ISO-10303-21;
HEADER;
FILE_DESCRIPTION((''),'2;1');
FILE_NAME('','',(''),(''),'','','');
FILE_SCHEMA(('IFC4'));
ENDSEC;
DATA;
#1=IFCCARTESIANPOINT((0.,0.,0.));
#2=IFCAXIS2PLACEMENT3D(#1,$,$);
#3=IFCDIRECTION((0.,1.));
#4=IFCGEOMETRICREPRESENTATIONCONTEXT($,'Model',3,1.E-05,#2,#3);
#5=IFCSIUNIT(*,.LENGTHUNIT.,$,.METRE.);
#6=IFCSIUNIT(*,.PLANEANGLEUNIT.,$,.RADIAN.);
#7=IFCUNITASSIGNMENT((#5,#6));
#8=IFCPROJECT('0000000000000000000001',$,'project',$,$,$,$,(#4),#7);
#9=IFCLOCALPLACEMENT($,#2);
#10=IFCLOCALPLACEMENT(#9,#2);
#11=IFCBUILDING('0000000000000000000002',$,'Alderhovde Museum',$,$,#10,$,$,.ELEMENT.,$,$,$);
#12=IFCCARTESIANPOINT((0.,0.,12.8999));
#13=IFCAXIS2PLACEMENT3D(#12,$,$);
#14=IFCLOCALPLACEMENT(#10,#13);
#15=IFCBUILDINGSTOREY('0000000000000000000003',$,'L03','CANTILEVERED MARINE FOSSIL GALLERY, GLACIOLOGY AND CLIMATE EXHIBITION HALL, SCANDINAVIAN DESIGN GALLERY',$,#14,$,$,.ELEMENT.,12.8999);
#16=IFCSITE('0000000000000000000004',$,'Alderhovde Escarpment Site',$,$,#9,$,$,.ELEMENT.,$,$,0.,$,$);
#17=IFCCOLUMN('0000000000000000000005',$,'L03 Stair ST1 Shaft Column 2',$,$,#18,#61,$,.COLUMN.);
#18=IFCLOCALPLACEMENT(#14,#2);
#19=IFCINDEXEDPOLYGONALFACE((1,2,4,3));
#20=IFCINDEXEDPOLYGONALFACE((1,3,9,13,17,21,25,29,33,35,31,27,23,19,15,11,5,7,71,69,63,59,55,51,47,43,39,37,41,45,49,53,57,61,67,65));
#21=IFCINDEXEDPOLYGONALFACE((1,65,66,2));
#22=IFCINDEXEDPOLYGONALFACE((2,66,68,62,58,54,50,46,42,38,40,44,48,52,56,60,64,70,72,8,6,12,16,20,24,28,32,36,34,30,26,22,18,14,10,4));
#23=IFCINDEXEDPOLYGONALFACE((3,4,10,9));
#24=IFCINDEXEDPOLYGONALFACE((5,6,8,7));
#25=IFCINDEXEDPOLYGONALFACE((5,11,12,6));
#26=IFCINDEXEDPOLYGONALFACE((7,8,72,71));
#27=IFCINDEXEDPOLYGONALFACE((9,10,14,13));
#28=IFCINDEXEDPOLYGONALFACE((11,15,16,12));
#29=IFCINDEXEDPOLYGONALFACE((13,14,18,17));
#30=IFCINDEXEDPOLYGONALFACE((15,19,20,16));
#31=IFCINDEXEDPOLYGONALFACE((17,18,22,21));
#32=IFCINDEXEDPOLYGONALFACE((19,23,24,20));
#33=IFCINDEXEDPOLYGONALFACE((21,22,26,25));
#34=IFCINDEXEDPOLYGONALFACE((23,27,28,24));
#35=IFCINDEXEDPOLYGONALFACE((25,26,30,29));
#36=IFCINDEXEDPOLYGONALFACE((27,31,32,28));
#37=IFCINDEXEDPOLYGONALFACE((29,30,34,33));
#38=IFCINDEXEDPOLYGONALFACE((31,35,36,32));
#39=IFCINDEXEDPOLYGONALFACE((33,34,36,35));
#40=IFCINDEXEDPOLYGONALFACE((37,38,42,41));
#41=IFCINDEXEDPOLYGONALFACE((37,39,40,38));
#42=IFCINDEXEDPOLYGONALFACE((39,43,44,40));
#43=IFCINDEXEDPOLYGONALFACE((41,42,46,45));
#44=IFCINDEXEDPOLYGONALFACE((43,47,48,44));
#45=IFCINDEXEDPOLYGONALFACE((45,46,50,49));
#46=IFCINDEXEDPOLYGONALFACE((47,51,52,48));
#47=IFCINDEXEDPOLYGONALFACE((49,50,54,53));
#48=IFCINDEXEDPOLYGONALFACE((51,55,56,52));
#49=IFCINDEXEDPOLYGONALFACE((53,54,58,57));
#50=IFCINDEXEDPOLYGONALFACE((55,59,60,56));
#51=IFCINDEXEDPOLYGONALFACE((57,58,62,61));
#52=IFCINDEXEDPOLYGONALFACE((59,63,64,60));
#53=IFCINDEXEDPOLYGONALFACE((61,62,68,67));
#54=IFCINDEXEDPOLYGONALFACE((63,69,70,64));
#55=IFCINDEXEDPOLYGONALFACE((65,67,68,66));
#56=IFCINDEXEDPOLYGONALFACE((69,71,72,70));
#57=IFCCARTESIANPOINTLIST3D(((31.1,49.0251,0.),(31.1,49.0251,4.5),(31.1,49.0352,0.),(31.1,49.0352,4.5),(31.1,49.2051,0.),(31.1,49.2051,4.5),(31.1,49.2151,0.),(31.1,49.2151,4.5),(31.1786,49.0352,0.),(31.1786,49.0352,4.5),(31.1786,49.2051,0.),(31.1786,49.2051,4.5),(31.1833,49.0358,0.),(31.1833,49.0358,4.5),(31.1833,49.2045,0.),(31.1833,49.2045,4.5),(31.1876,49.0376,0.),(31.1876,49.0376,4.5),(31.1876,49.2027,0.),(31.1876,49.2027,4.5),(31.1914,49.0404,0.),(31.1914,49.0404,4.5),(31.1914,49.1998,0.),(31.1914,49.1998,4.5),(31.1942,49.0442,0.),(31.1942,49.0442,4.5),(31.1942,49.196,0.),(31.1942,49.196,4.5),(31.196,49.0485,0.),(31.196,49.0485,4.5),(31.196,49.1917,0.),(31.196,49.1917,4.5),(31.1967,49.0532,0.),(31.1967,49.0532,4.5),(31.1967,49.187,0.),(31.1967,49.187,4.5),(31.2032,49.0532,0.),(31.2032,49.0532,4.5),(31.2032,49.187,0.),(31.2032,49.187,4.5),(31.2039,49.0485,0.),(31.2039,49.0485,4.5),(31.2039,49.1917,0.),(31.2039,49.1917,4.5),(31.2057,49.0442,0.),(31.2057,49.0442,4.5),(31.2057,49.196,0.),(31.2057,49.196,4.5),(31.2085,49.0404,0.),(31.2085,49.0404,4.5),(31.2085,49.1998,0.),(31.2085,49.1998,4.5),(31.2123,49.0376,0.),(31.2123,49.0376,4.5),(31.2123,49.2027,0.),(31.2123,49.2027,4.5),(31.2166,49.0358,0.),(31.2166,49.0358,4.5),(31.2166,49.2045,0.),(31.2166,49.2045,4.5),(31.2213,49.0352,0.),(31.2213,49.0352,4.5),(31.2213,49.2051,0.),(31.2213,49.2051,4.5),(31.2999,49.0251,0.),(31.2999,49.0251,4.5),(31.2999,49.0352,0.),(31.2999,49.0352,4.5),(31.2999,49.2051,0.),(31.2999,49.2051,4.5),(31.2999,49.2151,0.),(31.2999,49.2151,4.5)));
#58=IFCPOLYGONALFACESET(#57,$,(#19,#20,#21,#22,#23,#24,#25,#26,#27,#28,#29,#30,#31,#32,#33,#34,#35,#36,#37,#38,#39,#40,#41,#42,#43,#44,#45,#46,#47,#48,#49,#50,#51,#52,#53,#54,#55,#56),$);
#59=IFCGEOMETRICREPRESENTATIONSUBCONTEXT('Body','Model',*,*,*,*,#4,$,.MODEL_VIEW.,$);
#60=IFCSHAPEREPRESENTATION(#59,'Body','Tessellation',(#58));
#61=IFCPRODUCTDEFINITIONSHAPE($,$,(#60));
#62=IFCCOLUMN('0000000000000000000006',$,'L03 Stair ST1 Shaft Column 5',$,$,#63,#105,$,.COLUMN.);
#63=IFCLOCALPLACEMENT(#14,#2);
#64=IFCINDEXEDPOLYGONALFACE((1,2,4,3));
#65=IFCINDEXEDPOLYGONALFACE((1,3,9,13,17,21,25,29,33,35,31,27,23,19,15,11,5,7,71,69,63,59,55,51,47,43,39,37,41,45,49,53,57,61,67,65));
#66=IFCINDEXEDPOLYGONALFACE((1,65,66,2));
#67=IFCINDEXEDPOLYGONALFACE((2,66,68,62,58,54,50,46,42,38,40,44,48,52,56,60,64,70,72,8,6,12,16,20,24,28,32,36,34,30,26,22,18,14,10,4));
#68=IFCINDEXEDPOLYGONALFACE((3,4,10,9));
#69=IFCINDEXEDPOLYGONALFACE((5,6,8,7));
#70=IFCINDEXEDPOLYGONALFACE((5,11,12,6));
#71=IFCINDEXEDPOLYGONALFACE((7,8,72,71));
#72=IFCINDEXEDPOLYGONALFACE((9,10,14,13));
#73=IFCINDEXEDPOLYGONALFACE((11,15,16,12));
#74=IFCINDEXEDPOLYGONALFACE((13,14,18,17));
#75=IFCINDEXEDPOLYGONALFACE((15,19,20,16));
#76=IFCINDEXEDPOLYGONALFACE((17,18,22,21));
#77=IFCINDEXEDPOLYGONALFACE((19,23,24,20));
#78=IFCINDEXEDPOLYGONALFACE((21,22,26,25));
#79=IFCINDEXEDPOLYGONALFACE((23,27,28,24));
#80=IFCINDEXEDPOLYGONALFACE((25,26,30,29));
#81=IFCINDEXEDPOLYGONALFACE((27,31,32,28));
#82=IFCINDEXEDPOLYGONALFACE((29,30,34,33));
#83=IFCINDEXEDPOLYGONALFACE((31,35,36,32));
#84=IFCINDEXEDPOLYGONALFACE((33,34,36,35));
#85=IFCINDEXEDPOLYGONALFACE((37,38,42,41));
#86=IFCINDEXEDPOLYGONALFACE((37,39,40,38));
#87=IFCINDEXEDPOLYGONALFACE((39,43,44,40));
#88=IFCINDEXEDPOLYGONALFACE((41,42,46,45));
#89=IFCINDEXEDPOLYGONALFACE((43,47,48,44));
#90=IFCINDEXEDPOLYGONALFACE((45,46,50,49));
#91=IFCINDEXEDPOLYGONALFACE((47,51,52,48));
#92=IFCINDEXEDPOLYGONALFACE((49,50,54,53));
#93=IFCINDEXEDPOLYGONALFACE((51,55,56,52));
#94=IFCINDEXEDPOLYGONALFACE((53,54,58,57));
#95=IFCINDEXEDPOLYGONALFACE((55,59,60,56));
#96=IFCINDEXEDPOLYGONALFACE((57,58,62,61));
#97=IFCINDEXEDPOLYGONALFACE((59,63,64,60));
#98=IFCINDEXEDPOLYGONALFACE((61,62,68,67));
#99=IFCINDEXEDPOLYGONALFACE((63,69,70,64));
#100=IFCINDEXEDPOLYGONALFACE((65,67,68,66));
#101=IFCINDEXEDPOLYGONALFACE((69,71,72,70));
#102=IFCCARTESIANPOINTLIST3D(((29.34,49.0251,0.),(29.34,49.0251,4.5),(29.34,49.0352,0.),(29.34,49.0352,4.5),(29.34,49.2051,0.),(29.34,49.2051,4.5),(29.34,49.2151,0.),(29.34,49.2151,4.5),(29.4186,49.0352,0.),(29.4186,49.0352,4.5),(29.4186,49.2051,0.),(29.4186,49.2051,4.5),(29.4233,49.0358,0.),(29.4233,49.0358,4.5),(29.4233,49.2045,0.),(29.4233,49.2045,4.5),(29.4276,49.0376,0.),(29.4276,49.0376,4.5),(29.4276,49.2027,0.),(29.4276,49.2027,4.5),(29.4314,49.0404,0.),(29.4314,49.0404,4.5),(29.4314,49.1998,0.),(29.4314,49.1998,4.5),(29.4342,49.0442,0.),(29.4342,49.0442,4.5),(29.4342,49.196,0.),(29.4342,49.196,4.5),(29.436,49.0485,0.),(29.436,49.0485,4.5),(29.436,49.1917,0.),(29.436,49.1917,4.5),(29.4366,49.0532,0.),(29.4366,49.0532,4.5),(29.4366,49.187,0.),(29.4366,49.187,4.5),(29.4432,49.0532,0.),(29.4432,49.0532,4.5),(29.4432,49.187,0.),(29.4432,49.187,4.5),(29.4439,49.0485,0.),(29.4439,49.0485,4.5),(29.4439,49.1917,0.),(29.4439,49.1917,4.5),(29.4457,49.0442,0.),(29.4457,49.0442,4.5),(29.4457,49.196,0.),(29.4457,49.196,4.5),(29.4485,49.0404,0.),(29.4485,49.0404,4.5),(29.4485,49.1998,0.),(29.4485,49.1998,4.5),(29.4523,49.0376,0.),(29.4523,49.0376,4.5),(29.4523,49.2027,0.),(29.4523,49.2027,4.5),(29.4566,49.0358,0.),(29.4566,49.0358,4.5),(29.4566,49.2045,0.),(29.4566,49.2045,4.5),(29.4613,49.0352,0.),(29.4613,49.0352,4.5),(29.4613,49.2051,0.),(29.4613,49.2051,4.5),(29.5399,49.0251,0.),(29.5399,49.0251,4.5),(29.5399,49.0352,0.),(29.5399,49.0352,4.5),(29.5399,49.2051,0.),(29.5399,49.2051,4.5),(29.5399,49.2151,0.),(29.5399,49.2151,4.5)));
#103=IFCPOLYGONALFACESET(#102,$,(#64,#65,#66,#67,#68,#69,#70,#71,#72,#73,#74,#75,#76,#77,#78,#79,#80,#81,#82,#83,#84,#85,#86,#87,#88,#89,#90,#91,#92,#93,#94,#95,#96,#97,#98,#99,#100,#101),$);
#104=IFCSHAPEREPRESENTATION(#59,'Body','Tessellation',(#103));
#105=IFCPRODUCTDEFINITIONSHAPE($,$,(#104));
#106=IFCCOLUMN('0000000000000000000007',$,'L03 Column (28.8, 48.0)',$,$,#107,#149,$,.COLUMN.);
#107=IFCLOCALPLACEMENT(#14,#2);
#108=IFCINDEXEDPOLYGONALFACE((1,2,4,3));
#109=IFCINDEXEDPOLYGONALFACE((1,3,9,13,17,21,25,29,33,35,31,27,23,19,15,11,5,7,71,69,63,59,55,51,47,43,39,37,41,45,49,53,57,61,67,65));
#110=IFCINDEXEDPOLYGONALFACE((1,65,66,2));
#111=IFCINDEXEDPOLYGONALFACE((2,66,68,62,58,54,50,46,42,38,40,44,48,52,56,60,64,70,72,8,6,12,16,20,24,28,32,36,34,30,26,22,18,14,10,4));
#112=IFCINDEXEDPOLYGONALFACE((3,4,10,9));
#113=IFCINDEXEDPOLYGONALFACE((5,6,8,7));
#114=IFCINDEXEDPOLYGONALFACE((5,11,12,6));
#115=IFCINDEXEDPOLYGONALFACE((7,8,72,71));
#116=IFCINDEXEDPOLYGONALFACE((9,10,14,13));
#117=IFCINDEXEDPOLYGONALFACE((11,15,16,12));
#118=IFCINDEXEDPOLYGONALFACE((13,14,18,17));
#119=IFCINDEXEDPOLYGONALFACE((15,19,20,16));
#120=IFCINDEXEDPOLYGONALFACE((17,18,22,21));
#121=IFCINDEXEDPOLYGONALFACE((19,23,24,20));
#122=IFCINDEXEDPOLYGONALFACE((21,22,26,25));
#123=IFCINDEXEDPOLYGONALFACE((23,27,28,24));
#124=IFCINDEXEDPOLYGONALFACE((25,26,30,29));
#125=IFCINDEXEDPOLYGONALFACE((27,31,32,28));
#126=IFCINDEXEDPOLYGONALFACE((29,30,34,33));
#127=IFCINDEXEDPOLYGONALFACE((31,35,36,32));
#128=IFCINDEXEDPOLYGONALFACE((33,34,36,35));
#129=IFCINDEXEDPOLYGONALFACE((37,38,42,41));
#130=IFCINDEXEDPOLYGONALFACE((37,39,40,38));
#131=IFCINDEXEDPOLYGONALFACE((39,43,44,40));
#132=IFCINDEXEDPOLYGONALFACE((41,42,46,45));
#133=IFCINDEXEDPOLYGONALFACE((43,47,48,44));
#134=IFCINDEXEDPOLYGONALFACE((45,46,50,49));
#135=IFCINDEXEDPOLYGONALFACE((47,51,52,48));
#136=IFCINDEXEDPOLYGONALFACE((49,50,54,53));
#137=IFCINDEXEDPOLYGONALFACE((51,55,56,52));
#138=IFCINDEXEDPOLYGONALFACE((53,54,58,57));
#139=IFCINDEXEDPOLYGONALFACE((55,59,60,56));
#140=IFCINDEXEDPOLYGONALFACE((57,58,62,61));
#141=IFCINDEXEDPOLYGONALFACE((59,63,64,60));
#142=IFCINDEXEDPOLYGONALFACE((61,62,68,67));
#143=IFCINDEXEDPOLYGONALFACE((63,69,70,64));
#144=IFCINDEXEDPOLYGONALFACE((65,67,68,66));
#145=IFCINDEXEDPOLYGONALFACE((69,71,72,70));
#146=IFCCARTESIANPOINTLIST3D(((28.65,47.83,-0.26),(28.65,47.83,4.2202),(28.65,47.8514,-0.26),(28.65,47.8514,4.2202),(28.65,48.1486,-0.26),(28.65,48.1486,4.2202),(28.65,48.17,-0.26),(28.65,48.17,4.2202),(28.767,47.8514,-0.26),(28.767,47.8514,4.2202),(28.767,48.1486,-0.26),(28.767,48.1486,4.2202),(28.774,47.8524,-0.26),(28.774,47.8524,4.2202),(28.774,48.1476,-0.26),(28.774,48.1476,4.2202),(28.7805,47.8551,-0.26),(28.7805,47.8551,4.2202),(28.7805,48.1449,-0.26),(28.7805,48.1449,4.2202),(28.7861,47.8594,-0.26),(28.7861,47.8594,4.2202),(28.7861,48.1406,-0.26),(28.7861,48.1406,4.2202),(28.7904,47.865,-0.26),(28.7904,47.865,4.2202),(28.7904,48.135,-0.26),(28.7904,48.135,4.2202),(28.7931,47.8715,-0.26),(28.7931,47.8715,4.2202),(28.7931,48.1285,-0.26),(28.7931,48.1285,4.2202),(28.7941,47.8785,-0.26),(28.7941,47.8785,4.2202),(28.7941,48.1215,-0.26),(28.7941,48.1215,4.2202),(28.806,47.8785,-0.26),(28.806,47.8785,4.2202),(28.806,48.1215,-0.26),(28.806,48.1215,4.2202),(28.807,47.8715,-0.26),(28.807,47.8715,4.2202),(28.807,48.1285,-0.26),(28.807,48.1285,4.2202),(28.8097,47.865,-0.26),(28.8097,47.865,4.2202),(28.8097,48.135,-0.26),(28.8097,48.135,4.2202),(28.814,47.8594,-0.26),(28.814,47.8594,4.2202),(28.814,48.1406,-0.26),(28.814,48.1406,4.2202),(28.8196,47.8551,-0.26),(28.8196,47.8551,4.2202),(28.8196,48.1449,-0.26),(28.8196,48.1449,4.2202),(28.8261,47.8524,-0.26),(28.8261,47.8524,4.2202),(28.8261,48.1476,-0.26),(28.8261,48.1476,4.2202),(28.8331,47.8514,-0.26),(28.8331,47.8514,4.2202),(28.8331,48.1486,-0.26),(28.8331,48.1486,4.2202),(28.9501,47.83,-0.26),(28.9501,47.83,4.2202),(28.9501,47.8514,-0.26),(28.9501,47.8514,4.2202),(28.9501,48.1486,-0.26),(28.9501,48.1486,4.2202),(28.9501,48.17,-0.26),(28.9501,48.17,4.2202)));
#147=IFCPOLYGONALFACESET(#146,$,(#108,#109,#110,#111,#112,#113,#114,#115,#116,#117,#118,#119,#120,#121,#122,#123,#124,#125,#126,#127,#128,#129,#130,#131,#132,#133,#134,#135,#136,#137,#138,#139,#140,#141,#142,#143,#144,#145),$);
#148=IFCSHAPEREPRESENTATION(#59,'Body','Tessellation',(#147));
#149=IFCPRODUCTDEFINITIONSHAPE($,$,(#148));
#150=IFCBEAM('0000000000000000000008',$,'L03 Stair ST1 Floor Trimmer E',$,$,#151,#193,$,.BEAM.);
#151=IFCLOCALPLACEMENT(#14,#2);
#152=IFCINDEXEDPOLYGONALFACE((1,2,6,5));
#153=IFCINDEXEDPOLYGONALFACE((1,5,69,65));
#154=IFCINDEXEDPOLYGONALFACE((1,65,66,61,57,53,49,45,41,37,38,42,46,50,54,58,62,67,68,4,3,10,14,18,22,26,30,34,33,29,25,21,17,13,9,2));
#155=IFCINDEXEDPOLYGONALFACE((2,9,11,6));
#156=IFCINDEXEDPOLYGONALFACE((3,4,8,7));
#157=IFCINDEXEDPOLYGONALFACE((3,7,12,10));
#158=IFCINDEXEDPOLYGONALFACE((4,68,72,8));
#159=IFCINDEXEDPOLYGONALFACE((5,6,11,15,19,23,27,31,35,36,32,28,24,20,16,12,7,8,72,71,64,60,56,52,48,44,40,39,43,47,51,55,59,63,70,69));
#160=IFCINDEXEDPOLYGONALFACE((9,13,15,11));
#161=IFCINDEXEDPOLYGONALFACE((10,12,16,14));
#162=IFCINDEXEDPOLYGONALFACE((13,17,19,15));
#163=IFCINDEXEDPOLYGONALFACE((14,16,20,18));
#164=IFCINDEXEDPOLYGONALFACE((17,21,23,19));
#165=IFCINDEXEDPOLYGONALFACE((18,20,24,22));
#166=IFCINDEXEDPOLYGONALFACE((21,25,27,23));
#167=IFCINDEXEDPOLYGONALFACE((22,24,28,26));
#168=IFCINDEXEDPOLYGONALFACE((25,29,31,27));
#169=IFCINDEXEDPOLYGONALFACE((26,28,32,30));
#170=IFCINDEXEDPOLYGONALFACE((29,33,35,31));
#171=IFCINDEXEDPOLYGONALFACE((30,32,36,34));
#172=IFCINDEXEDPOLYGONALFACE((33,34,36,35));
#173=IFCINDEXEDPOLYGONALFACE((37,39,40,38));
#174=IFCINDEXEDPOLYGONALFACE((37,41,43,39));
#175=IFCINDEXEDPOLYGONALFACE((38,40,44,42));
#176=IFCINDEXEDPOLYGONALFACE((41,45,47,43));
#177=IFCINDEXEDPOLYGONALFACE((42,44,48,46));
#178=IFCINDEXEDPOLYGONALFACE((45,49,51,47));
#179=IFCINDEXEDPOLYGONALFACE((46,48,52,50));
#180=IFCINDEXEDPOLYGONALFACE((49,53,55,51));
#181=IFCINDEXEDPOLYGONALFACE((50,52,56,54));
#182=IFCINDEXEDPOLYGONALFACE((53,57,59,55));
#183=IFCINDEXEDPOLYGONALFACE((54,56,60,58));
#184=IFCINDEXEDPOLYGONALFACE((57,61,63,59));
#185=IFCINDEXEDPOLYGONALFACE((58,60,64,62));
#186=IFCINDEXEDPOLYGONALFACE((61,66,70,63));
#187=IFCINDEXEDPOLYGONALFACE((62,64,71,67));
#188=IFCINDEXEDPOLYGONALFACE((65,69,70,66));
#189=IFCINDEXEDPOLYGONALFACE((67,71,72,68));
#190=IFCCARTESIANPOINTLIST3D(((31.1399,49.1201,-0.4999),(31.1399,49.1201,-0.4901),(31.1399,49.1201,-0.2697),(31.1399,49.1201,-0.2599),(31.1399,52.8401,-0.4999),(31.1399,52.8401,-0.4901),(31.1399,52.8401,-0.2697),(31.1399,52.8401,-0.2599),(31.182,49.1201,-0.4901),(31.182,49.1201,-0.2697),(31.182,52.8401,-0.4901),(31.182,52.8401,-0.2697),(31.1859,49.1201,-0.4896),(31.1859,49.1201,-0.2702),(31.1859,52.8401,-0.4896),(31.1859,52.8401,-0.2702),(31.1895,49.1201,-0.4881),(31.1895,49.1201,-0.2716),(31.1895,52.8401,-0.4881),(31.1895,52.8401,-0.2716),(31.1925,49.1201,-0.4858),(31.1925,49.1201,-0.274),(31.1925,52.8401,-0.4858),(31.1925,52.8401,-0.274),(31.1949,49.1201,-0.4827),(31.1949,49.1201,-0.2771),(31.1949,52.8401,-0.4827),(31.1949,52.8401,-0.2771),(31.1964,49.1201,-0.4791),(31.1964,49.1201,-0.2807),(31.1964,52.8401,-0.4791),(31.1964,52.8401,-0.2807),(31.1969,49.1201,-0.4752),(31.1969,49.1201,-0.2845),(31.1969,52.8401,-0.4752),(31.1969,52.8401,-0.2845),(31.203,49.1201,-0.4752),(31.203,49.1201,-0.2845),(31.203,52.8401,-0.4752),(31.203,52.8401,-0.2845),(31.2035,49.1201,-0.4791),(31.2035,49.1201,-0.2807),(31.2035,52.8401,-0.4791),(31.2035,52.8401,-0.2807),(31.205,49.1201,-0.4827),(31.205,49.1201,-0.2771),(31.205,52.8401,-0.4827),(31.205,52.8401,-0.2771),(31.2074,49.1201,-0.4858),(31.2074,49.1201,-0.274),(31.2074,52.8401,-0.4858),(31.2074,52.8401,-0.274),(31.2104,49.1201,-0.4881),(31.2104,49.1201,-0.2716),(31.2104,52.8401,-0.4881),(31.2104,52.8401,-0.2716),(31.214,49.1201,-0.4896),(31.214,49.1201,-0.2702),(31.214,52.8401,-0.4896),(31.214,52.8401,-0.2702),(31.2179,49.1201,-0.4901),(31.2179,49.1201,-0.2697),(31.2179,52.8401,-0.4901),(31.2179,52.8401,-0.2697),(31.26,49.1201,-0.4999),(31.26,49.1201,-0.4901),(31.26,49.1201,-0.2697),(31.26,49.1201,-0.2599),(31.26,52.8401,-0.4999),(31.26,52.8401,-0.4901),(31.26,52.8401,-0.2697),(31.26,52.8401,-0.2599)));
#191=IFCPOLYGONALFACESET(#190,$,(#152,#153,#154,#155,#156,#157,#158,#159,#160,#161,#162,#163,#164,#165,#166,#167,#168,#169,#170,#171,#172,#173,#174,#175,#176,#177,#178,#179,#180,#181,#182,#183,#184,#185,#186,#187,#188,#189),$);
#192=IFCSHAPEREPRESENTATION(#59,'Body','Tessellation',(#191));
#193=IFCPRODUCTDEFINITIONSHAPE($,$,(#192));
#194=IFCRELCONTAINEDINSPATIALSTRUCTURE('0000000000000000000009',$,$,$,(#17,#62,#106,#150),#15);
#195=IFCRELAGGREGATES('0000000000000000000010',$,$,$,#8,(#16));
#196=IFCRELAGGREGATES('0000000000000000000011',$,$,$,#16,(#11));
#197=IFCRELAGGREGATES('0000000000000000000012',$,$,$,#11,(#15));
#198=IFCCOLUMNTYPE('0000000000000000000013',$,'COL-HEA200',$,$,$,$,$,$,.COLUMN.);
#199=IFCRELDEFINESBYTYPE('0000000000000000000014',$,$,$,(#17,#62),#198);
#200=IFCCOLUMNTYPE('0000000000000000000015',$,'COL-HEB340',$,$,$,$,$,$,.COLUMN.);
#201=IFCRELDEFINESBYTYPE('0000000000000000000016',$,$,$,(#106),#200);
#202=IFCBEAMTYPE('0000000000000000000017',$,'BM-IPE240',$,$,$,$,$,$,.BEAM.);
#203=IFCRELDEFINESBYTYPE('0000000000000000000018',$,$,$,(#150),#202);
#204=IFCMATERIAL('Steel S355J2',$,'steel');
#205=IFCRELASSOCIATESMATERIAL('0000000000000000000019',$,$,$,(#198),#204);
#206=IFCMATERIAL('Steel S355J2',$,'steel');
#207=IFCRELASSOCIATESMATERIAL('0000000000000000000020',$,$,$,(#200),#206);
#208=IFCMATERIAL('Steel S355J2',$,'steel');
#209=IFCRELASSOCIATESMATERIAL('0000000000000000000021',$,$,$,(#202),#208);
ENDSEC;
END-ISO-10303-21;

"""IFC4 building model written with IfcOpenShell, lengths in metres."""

from ifc_helpers import new_model, si_unit, direction, frame, origin, origin_2d, place, context, subcontext, project, spatial, i_section, extrude, material, material_profile, profile_set, type_object, element, save


model = new_model("IFC4")

# Units and contexts
model_context = context("Model", 3, precision=1e-05, world=origin(), true_north=direction((0.0, 1.0)))
body_context = subcontext(model_context, "Body", "Model", "MODEL_VIEW")
ifc_project = project(units=[si_unit("LENGTHUNIT", "METRE"), si_unit("PLANEANGLEUNIT", "RADIAN")], contexts=[model_context])

# Site, building, storey
site_placement = place(None, origin())
site = spatial("IfcSite", under=ifc_project, at=site_placement, Name="Alderhovde Escarpment Site", CompositionType="ELEMENT", RefElevation=0.0)
building_placement = place(site_placement, origin())
building = spatial("IfcBuilding", under=site, at=building_placement, Name="Alderhovde Museum", CompositionType="ELEMENT")
storey_placement = place(building_placement, frame((0.0, 0.0, 12.8999)))
storey = spatial("IfcBuildingStorey", under=building, at=storey_placement, Name="L03", Description="CANTILEVERED MARINE FOSSIL GALLERY, GLACIOLOGY AND CLIMATE EXHIBITION HALL, SCANDINAVIAN DESIGN GALLERY", CompositionType="ELEMENT", Elevation=12.8999)

# Columns
ifc_material_1 = material(Name="Steel S355J2", Category="steel")
ifc_material_profile_1 = material_profile(ifc_material_1, i_section(OverallWidth=0.2, OverallDepth=0.1899, WebThickness=0.0066, FlangeThickness=0.01, FilletRadius=0.0181, at=origin_2d()), Name="HEA 200")
ifc_profile_set_1 = profile_set([ifc_material_profile_1], Name="Steel S355J2")
column_type_1 = type_object("IfcColumnType", Name="COL-HEA200", PredefinedType="COLUMN", material=ifc_profile_set_1)
for number, where, z_axis, x_axis, name in (
    (1, (31.2, 49.1201, 0.0), (0.0, 0.0, 1.0), (1.0, 0.0, 0.0), "L03 Stair ST1 Shaft Column 2"),
    (2, (29.4399, 49.1201, 0.0), (0.0, 0.0, 1.0), (1.0, 0.0, 0.0), "L03 Stair ST1 Shaft Column 5"),
):
    element("IfcColumn", number, at=place(storey_placement, frame(where, z_axis=z_axis, x_axis=x_axis)), inside=storey, type_object=column_type_1, Name=name, PredefinedType="COLUMN", context=body_context, shape_type="SweptSolid", body=[
        extrude(i_section(OverallWidth=0.2, OverallDepth=0.1899, WebThickness=0.0066, FlangeThickness=0.01, FilletRadius=0.0181, at=origin_2d()), origin(), (0.0, 0.0, 1.0), 4.5),
    ])
ifc_material_2 = material(Name="Steel S355J2", Category="steel")
ifc_material_profile_2 = material_profile(ifc_material_2, i_section(OverallWidth=0.3, OverallDepth=0.3401, WebThickness=0.012, FlangeThickness=0.0215, FilletRadius=0.0271, at=origin_2d()), Name="HEB 340")
ifc_profile_set_2 = profile_set([ifc_material_profile_2], Name="Steel S355J2")
column_type_2 = type_object("IfcColumnType", Name="COL-HEB340", PredefinedType="COLUMN", material=ifc_profile_set_2)
column_placement = place(storey_placement, frame((28.8, 48.0, -0.26), z_axis=(0.0, 0.0, 1.0), x_axis=(1.0, 0.0, 0.0)))
element("IfcColumn", 3, at=column_placement, inside=storey, type_object=column_type_2, Name="L03 Column (28.8, 48.0)", PredefinedType="COLUMN", context=body_context, shape_type="SweptSolid", body=[
    extrude(i_section(OverallWidth=0.3, OverallDepth=0.3401, WebThickness=0.012, FlangeThickness=0.0215, FilletRadius=0.0271, at=origin_2d()), origin(), (0.0, 0.0, 1.0), 4.4802),
])

# Beam
ifc_material_3 = material(Name="Steel S355J2", Category="steel")
ifc_material_profile_3 = material_profile(ifc_material_3, i_section(OverallWidth=0.1201, OverallDepth=0.24, WebThickness=0.0061, FlangeThickness=0.0098, FilletRadius=0.0149, at=origin_2d()), Name="IPE 240")
ifc_profile_set_3 = profile_set([ifc_material_profile_3], Name="Steel S355J2")
beam_type_1 = type_object("IfcBeamType", Name="BM-IPE240", PredefinedType="BEAM", material=ifc_profile_set_3)
for number, where, z_axis, x_axis, name in (
    (4, (31.2, 49.1201, -0.3799), (0.0, 1.0, 0.0), (-1.0, 0.0, 0.0), "L03 Stair ST1 Floor Trimmer E"),
):
    element("IfcBeam", number, at=place(storey_placement, frame(where, z_axis=z_axis, x_axis=x_axis)), inside=storey, type_object=beam_type_1, Name=name, PredefinedType="BEAM", context=body_context, shape_type="SweptSolid", body=[
        extrude(i_section(OverallWidth=0.1201, OverallDepth=0.24, WebThickness=0.0061, FlangeThickness=0.0098, FilletRadius=0.0149, at=origin_2d()), origin(), (0.0, 0.0, 1.0), 3.72),
    ])

save(model, "model.ifc")
